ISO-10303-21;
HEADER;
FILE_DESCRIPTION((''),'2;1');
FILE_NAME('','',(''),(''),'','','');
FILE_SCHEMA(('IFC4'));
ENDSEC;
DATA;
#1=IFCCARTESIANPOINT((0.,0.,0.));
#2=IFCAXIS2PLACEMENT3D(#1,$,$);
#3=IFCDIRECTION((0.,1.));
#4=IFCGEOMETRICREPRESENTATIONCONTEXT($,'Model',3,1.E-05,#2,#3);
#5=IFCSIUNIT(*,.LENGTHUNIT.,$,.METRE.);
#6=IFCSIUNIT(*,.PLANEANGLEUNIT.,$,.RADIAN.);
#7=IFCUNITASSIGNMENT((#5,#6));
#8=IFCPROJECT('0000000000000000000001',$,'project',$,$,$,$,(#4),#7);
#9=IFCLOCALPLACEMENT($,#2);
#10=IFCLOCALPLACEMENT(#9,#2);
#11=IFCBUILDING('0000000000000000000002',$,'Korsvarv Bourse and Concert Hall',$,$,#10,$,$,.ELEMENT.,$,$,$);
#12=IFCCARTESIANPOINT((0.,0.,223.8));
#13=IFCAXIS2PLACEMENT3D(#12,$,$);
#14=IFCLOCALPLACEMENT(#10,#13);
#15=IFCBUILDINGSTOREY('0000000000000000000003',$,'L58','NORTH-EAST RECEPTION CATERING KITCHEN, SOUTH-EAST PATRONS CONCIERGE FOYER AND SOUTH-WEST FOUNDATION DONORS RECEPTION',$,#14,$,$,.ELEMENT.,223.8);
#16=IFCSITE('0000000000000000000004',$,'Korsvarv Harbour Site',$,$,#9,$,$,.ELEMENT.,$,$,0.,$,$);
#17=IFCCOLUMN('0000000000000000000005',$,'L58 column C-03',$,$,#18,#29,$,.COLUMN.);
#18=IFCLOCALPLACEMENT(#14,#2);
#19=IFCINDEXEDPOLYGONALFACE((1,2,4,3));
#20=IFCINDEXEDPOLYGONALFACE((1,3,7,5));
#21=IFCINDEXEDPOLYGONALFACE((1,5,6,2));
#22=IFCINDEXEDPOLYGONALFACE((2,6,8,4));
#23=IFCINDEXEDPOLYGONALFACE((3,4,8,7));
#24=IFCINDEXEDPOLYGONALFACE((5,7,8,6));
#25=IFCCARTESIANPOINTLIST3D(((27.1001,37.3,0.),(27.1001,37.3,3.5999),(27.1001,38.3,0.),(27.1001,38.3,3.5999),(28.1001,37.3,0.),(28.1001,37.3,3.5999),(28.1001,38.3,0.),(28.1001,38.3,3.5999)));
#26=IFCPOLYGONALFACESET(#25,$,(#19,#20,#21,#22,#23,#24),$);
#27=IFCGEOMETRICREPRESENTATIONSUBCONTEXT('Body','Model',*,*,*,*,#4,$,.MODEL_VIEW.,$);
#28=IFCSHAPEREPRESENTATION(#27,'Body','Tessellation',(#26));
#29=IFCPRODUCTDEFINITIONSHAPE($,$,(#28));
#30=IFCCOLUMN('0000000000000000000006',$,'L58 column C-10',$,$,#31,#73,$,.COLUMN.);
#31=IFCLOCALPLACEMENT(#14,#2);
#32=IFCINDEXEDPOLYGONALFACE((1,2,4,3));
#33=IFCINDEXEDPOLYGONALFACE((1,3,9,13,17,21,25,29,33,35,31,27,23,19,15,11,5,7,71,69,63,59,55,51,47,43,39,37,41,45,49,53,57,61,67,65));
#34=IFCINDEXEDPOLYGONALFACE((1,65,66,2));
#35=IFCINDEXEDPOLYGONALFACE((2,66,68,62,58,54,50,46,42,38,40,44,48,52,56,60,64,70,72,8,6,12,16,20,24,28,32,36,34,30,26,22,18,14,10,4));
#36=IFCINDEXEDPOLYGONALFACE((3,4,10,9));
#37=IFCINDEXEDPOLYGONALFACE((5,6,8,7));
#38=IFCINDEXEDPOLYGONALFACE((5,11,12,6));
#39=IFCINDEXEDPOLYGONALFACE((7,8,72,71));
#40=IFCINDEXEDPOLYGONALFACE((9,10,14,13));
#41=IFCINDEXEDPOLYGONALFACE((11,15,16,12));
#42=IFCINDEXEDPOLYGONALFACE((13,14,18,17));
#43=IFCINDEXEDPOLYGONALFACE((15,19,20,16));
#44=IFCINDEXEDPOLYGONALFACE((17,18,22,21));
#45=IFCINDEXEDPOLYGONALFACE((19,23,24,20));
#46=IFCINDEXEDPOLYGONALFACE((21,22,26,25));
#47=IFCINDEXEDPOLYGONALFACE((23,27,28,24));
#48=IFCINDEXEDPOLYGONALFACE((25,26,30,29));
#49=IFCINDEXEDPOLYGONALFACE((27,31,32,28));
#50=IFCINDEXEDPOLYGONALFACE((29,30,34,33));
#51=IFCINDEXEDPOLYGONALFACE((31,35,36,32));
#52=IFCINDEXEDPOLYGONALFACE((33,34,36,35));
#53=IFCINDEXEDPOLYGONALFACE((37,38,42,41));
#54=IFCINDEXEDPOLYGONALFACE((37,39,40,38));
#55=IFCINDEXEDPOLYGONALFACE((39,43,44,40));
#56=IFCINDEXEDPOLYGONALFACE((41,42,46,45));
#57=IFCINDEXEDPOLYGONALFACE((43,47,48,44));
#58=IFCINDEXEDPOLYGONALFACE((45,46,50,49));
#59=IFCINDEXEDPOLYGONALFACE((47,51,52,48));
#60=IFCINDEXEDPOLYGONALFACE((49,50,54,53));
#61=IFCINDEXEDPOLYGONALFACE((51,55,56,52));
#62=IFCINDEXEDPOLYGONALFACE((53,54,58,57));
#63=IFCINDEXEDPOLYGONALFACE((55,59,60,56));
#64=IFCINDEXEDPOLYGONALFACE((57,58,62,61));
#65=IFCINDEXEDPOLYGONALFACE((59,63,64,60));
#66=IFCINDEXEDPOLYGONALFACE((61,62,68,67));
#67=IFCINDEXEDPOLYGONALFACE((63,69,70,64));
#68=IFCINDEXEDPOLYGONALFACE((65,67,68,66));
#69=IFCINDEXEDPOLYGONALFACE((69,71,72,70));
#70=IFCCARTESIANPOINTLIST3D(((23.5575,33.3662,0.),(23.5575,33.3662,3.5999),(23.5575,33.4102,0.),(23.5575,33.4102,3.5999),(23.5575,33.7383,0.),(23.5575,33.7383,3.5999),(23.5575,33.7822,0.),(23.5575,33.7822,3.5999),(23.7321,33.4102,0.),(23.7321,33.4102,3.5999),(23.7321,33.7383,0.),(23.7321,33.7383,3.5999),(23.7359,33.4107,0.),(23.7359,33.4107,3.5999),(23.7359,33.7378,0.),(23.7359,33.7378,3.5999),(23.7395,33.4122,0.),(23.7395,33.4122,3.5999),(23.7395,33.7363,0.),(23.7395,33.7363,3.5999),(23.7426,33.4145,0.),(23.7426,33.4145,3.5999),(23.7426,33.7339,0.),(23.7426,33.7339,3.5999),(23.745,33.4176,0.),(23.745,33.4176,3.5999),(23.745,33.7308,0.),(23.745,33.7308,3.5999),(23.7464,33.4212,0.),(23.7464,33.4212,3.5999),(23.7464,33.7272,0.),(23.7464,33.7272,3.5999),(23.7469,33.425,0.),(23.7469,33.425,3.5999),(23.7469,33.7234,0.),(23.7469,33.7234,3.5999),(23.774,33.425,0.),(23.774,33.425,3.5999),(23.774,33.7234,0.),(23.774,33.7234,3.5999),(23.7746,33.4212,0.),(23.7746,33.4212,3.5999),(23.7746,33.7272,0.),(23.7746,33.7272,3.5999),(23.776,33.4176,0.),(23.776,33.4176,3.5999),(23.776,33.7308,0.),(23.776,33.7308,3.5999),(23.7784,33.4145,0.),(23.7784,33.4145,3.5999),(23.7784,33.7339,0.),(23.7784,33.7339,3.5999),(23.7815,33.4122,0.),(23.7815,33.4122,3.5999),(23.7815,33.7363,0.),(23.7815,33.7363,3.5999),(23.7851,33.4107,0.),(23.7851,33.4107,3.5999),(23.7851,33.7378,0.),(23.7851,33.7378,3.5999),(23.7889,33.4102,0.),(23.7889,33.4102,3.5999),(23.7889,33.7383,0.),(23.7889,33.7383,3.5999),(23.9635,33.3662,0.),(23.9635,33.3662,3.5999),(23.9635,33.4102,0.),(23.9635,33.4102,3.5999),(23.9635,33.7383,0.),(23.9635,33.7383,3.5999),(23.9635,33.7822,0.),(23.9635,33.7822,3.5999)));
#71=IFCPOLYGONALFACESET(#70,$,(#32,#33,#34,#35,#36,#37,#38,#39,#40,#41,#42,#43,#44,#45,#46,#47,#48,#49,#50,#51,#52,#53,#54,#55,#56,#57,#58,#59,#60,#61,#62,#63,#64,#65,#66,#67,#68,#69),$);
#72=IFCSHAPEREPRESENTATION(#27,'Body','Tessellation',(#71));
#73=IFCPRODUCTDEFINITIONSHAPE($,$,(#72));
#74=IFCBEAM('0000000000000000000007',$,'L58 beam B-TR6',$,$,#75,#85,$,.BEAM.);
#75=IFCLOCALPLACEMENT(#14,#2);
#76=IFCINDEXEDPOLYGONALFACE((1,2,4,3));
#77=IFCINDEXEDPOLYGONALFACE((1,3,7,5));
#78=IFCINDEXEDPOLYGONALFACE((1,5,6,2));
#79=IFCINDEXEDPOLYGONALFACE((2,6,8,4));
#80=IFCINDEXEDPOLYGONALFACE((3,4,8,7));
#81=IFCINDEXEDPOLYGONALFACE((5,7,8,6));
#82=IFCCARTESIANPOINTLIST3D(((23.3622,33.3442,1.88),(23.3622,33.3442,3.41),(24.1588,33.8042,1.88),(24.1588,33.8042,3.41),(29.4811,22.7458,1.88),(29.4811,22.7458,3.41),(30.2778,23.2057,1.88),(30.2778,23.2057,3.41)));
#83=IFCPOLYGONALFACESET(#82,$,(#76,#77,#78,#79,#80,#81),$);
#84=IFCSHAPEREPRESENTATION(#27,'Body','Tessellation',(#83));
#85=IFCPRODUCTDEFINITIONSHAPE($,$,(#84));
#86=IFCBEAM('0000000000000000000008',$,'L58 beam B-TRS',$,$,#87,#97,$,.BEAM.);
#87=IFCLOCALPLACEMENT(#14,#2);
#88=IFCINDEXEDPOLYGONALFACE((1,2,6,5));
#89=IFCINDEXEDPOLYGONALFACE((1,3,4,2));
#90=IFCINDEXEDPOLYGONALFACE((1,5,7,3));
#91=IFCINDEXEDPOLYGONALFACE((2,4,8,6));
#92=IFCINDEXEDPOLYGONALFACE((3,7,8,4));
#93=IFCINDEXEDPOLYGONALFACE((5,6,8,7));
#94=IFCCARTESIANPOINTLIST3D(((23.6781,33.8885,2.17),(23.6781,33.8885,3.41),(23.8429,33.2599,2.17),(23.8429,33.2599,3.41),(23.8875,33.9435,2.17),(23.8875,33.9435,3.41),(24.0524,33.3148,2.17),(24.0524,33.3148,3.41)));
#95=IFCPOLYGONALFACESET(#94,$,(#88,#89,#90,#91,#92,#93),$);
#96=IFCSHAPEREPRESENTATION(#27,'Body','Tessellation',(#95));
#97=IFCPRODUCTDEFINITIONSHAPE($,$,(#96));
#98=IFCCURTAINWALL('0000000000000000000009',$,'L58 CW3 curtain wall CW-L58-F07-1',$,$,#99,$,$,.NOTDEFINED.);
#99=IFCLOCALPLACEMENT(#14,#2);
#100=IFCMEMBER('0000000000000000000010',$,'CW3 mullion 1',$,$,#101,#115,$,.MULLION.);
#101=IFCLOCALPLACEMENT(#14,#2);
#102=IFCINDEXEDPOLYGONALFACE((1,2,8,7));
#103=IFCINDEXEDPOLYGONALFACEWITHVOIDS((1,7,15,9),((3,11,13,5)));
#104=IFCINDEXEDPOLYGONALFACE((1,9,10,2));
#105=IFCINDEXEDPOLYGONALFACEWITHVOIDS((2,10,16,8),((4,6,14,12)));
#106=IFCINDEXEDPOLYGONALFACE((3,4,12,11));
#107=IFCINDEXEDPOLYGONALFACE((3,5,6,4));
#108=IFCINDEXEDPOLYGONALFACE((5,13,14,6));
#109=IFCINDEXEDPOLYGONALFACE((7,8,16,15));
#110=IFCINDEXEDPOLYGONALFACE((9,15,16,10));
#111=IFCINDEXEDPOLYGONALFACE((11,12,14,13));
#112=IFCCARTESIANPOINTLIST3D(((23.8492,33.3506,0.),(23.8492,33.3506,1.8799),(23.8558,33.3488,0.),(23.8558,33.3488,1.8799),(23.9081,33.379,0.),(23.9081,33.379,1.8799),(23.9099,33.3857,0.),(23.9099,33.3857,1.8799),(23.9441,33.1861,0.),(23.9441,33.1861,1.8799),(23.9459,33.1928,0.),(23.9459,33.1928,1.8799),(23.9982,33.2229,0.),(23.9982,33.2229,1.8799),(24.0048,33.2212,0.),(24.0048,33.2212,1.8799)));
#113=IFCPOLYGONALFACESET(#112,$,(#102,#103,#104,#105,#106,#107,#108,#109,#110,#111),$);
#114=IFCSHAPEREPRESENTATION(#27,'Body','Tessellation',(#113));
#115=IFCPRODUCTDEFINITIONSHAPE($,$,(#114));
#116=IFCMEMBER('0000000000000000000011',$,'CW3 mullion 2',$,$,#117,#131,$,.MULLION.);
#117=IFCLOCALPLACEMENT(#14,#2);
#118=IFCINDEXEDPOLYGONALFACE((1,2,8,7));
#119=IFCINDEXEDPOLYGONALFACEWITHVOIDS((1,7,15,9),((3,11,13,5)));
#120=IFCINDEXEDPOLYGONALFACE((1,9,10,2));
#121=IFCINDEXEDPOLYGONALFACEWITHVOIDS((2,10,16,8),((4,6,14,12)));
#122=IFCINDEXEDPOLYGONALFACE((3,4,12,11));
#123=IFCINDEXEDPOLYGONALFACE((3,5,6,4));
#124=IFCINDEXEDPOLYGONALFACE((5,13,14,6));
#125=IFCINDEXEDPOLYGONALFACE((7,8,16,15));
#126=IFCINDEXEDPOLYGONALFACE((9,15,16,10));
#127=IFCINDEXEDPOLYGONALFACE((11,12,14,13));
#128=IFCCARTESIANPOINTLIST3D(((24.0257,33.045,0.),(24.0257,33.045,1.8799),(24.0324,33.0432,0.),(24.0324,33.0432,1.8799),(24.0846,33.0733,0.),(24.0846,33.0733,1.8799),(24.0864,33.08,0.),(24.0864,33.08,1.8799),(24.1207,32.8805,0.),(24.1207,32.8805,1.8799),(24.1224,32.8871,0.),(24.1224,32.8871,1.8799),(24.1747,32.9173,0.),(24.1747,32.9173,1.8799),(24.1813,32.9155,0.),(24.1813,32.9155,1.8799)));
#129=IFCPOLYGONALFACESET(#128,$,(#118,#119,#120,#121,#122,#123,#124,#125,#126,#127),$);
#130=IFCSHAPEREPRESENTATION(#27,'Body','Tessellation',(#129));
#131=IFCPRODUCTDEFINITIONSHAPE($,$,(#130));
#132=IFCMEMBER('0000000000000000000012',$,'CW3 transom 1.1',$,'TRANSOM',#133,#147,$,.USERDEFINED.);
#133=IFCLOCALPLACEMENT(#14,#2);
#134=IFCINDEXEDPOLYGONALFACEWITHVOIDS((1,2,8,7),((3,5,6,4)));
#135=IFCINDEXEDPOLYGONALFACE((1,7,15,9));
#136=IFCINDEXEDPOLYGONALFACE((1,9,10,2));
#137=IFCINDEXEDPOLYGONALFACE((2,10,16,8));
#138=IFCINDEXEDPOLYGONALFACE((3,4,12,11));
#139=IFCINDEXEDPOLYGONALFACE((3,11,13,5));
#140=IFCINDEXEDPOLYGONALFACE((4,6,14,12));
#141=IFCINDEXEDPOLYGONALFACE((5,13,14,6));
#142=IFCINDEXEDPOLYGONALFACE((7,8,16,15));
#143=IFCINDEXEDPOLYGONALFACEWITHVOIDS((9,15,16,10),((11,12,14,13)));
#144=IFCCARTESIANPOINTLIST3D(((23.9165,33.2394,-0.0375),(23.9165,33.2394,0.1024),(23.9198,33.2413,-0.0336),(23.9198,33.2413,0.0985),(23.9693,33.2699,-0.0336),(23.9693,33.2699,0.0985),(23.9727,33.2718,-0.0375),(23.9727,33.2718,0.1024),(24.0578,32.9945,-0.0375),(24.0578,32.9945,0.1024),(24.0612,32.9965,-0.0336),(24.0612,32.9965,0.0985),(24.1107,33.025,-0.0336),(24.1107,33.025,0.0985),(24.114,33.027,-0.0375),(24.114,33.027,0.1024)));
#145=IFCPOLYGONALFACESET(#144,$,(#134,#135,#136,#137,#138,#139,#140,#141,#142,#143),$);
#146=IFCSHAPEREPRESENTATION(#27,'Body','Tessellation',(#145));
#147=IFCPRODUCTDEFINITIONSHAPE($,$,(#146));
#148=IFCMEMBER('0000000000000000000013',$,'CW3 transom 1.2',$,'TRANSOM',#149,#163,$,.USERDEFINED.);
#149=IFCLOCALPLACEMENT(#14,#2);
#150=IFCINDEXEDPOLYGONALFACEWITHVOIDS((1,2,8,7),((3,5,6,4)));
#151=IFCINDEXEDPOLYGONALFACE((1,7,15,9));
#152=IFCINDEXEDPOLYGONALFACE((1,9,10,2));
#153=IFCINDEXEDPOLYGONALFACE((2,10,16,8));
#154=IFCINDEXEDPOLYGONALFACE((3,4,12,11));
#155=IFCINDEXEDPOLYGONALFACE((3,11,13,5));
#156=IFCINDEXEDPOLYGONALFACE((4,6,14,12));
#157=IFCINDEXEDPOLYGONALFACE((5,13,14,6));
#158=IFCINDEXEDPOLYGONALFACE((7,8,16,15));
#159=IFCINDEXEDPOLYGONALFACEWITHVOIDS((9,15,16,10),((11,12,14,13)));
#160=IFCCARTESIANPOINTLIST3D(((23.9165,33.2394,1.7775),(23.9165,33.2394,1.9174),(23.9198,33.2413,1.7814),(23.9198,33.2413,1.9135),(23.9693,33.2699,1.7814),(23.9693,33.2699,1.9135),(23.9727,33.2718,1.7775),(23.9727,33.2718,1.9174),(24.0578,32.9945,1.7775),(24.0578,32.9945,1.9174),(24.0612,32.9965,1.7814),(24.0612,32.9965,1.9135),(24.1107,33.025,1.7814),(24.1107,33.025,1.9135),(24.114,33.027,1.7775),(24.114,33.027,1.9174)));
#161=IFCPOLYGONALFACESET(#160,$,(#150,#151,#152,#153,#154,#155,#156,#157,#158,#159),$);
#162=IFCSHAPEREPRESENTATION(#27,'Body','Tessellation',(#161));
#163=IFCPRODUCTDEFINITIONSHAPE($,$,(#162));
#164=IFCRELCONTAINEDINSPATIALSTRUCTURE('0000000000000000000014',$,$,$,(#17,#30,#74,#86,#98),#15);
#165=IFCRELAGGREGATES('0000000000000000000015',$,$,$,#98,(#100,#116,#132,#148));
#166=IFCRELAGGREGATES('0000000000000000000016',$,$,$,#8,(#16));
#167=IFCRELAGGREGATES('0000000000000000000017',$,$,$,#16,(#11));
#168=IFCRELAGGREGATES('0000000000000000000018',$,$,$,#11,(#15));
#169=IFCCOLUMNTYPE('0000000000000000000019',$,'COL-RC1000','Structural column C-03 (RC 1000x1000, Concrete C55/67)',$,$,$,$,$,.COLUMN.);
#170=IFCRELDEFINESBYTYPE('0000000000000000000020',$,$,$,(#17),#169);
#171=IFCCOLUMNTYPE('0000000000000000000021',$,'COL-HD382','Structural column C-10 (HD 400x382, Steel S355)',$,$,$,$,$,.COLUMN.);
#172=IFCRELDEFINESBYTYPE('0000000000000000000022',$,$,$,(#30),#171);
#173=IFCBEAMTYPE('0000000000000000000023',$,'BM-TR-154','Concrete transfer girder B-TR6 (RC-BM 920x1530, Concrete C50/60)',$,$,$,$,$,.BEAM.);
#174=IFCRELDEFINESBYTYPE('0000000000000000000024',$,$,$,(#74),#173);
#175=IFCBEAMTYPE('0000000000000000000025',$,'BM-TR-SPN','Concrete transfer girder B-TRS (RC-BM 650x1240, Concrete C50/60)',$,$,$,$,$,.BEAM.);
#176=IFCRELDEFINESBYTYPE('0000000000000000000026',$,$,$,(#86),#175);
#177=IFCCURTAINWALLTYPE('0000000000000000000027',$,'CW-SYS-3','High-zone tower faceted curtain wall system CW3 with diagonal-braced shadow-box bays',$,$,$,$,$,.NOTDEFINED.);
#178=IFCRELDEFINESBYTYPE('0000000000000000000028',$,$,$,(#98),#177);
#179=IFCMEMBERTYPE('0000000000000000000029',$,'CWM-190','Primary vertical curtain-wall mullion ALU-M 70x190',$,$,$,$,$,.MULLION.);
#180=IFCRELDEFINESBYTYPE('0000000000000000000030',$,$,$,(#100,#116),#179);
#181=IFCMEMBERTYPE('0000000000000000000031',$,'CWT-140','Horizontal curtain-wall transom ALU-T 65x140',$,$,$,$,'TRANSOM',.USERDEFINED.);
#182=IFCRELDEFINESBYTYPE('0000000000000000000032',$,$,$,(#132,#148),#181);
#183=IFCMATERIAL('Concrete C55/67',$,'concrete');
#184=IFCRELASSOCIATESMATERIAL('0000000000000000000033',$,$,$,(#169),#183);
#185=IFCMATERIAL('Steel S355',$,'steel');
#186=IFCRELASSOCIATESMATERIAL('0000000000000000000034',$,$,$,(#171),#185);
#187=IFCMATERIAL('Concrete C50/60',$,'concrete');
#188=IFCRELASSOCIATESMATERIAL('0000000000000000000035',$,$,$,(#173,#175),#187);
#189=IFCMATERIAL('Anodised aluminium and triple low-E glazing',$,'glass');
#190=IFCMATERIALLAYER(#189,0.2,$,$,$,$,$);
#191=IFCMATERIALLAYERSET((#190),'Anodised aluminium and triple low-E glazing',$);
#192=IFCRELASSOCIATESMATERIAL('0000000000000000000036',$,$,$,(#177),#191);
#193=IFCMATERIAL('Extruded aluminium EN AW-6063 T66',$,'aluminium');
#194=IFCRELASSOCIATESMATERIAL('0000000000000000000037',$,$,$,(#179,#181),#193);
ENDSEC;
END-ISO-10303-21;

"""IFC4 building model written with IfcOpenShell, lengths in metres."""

from ifc_helpers import new_model, si_unit, direction, frame, origin, origin_2d, place, context, subcontext, project, spatial, rectangle, hollow_rectangle, i_section, extrude, source, transform, mapped, material, layer, layer_set, material_profile, profile_set, type_object, element, aggregate, save


model = new_model("IFC4")

# Units and contexts
model_context = context("Model", 3, precision=1e-05, world=origin(), true_north=direction((0.0, 1.0)))
body_context = subcontext(model_context, "Body", "Model", "MODEL_VIEW")
ifc_project = project(units=[si_unit("LENGTHUNIT", "METRE"), si_unit("PLANEANGLEUNIT", "RADIAN")], contexts=[model_context])

# Site, building, storey
site_placement = place(None, origin())
site = spatial("IfcSite", under=ifc_project, at=site_placement, Name="Korsvarv Harbour Site", CompositionType="ELEMENT", RefElevation=0.0)
building_placement = place(site_placement, origin())
building = spatial("IfcBuilding", under=site, at=building_placement, Name="Korsvarv Bourse and Concert Hall", CompositionType="ELEMENT")
storey_placement = place(building_placement, frame((0.0, 0.0, 223.8)))
storey = spatial("IfcBuildingStorey", under=building, at=storey_placement, Name="L58", Description="NORTH-EAST RECEPTION CATERING KITCHEN, SOUTH-EAST PATRONS CONCIERGE FOYER AND SOUTH-WEST FOUNDATION DONORS RECEPTION", CompositionType="ELEMENT", Elevation=223.8)

# Columns
ifc_material_1 = material(Name="Concrete C55/67", Category="concrete")
ifc_material_profile_1 = material_profile(ifc_material_1, rectangle(XDim=1.0, YDim=1.0, at=origin_2d()), Name="RC 1000x1000")
ifc_profile_set_1 = profile_set([ifc_material_profile_1], Name="Concrete C55/67")
column_type_1 = type_object("IfcColumnType", Name="COL-RC1000", Description="Structural column C-03 (RC 1000x1000, Concrete C55/67)", PredefinedType="COLUMN", material=ifc_profile_set_1)
shared_shape_1 = source(origin(), body_context, "Body", "SweptSolid", [
    extrude(rectangle(XDim=1.0, YDim=1.0, at=origin_2d()), origin(), (0.0, 0.0, 1.0), 3.5999),
])
column_1_placement = place(storey_placement, frame((27.6001, 37.8, 0.0), z_axis=(0.0, 0.0, 1.0), x_axis=(1.0, 0.0, 0.0)))
element("IfcColumn", 1, at=column_1_placement, inside=storey, type_object=column_type_1, Name="L58 column C-03", PredefinedType="COLUMN", context=body_context, shape_type="MappedRepresentation", body=[
    mapped(shared_shape_1, transform((0.0, 0.0, 0.0), scale=1.0)),
])
ifc_material_2 = material(Name="Steel S355", Category="steel")
ifc_material_profile_2 = material_profile(ifc_material_2, i_section(OverallWidth=0.406, OverallDepth=0.416, WebThickness=0.0271, FlangeThickness=0.0439, FilletRadius=0.0149, at=origin_2d()), Name="HD 400x382")
ifc_profile_set_2 = profile_set([ifc_material_profile_2], Name="Steel S355")
column_type_2 = type_object("IfcColumnType", Name="COL-HD382", Description="Structural column C-10 (HD 400x382, Steel S355)", PredefinedType="COLUMN", material=ifc_profile_set_2)
shared_shape_2 = source(origin(), body_context, "Body", "SweptSolid", [
    extrude(i_section(OverallWidth=0.406, OverallDepth=0.416, WebThickness=0.0271, FlangeThickness=0.0439, FilletRadius=0.0149, at=origin_2d()), origin(), (0.0, 0.0, 1.0), 3.5999),
])
column_2_placement = place(storey_placement, frame((23.7605, 33.5742, 0.0), z_axis=(0.0, 0.0, 1.0), x_axis=(1.0, 0.0, 0.0)))
element("IfcColumn", 2, at=column_2_placement, inside=storey, type_object=column_type_2, Name="L58 column C-10", PredefinedType="COLUMN", context=body_context, shape_type="MappedRepresentation", body=[
    mapped(shared_shape_2, transform((0.0, 0.0, 0.0), scale=1.0)),
])

# Beams
ifc_material_3 = material(Name="Concrete C50/60", Category="concrete")
ifc_material_profile_3 = material_profile(ifc_material_3, rectangle(XDim=0.9199, YDim=1.53, at=origin_2d()), Name="RC-BM 920x1530")
ifc_profile_set_3 = profile_set([ifc_material_profile_3], Name="Concrete C50/60")
beam_type_1 = type_object("IfcBeamType", Name="BM-TR-154", Description="Concrete transfer girder B-TR6 (RC-BM 920x1530, Concrete C50/60)", PredefinedType="BEAM", material=ifc_profile_set_3)
shared_shape_3 = source(origin(), body_context, "Body", "SweptSolid", [
    extrude(rectangle(XDim=0.9199, YDim=1.53, at=origin_2d()), origin(), (0.0, 0.0, 1.0), 12.238),
])
beam_1_placement = place(storey_placement, frame((23.7605, 33.5742, 2.645), z_axis=(0.499995, -0.866028, 0.0), x_axis=(0.866028, 0.499995, 0.0)))
element("IfcBeam", 3, at=beam_1_placement, inside=storey, type_object=beam_type_1, Name="L58 beam B-TR6", PredefinedType="BEAM", context=body_context, shape_type="MappedRepresentation", body=[
    mapped(shared_shape_3, transform((0.0, 0.0, 0.0), scale=1.0)),
])
ifc_material_profile_4 = material_profile(ifc_material_3, rectangle(XDim=0.6499, YDim=1.24, at=origin_2d()), Name="RC-BM 650x1240")
ifc_profile_set_4 = profile_set([ifc_material_profile_4], Name="Concrete C50/60")
beam_type_2 = type_object("IfcBeamType", Name="BM-TR-SPN", Description="Concrete transfer girder B-TRS (RC-BM 650x1240, Concrete C50/60)", PredefinedType="BEAM", material=ifc_profile_set_4)
shared_shape_4 = source(origin(), body_context, "Body", "SweptSolid", [
    extrude(rectangle(XDim=0.6499, YDim=1.24, at=origin_2d()), origin(), (0.0, 0.0, 1.0), 0.2166),
])
beam_2_placement = place(storey_placement, frame((23.7605, 33.5742, 2.79), z_axis=(0.967293, 0.253661, 0.0), x_axis=(-0.253661, 0.967293, 0.0)))
element("IfcBeam", 4, at=beam_2_placement, inside=storey, type_object=beam_type_2, Name="L58 beam B-TRS", PredefinedType="BEAM", context=body_context, shape_type="MappedRepresentation", body=[
    mapped(shared_shape_4, transform((0.0, 0.0, 0.0), scale=1.0)),
])

# Curtain wall, members
ifc_material_4 = material(Name="Anodised aluminium and triple low-E glazing", Category="glass")
ifc_layer_1 = layer(ifc_material_4, 0.2)
ifc_layer_set_1 = layer_set([ifc_layer_1], Name="Anodised aluminium and triple low-E glazing")
curtain_wall_type = type_object("IfcCurtainWallType", Name="CW-SYS-3", Description="High-zone tower faceted curtain wall system CW3 with diagonal-braced shadow-box bays", PredefinedType="NOTDEFINED", material=ifc_layer_set_1)
curtain_wall_placement = place(storey_placement, origin())
curtain_wall = element("IfcCurtainWall", 5, at=curtain_wall_placement, inside=storey, type_object=curtain_wall_type, Name="L58 CW3 curtain wall CW-L58-F07-1", PredefinedType="NOTDEFINED")
ifc_material_5 = material(Name="Extruded aluminium EN AW-6063 T66", Category="aluminium")
ifc_material_profile_5 = material_profile(ifc_material_5, hollow_rectangle(XDim=0.0701, YDim=0.1899, WallThickness=0.0049, at=origin_2d()), Name="ALU-M 70x190")
ifc_profile_set_5 = profile_set([ifc_material_profile_5], Name="Extruded aluminium EN AW-6063 T66")
member_type_1 = type_object("IfcMemberType", Name="CWM-190", Description="Primary vertical curtain-wall mullion ALU-M 70x190", PredefinedType="MULLION", material=ifc_profile_set_5)
shared_shape_5 = source(origin(), body_context, "Body", "SweptSolid", [
    extrude(hollow_rectangle(XDim=0.0701, YDim=0.1899, WallThickness=0.0049, at=origin_2d()), origin(), (0.0, 0.0, 1.0), 1.8799),
])
member_1_placement = place(storey_placement, frame((23.927, 33.2859, 0.0), z_axis=(0.0, 0.0, 1.0), x_axis=(0.866052, 0.499954, 0.0)))
member_1 = element("IfcMember", 6, at=member_1_placement, type_object=member_type_1, Name="CW3 mullion 1", PredefinedType="MULLION", context=body_context, shape_type="MappedRepresentation", body=[
    mapped(shared_shape_5, transform((0.0, 0.0, 0.0), scale=1.0)),
])
member_2_placement = place(storey_placement, frame((24.1035, 32.9802, 0.0), z_axis=(0.0, 0.0, 1.0), x_axis=(0.866052, 0.499954, 0.0)))
member_2 = element("IfcMember", 7, at=member_2_placement, type_object=member_type_1, Name="CW3 mullion 2", PredefinedType="MULLION", context=body_context, shape_type="MappedRepresentation", body=[
    mapped(shared_shape_5, transform((0.0, 0.0, 0.0), scale=1.0)),
])
ifc_material_profile_6 = material_profile(ifc_material_5, hollow_rectangle(XDim=0.0649, YDim=0.1399, WallThickness=0.0039, at=origin_2d()), Name="ALU-T 65x140")
ifc_profile_set_6 = profile_set([ifc_material_profile_6], Name="Extruded aluminium EN AW-6063 T66")
member_type_2 = type_object("IfcMemberType", Name="CWT-140", Description="Horizontal curtain-wall transom ALU-T 65x140", ElementType="TRANSOM", PredefinedType="USERDEFINED", material=ifc_profile_set_6)
shared_shape_6 = source(origin(), body_context, "Body", "SweptSolid", [
    extrude(hollow_rectangle(XDim=0.0649, YDim=0.1399, WallThickness=0.0039, at=origin_2d()), origin(), (0.0, 0.0, 1.0), 0.2827),
])
member_3_placement = place(storey_placement, frame((23.9446, 33.2556, 0.0325), z_axis=(0.499947, -0.866056, 0.0), x_axis=(0.866056, 0.499947, 0.0)))
member_3 = element("IfcMember", 8, at=member_3_placement, type_object=member_type_2, Name="CW3 transom 1.1", ObjectType="TRANSOM", PredefinedType="USERDEFINED", context=body_context, shape_type="MappedRepresentation", body=[
    mapped(shared_shape_6, transform((0.0, 0.0, 0.0), scale=1.0)),
])
member_4_placement = place(storey_placement, frame((23.9446, 33.2556, 1.8474), z_axis=(0.499947, -0.866056, 0.0), x_axis=(0.866056, 0.499947, 0.0)))
member_4 = element("IfcMember", 9, at=member_4_placement, type_object=member_type_2, Name="CW3 transom 1.2", ObjectType="TRANSOM", PredefinedType="USERDEFINED", context=body_context, shape_type="MappedRepresentation", body=[
    mapped(shared_shape_6, transform((0.0, 0.0, 0.0), scale=1.0)),
])
aggregate(curtain_wall, [member_1, member_2, member_3, member_4])

save(model, "model.ifc")
